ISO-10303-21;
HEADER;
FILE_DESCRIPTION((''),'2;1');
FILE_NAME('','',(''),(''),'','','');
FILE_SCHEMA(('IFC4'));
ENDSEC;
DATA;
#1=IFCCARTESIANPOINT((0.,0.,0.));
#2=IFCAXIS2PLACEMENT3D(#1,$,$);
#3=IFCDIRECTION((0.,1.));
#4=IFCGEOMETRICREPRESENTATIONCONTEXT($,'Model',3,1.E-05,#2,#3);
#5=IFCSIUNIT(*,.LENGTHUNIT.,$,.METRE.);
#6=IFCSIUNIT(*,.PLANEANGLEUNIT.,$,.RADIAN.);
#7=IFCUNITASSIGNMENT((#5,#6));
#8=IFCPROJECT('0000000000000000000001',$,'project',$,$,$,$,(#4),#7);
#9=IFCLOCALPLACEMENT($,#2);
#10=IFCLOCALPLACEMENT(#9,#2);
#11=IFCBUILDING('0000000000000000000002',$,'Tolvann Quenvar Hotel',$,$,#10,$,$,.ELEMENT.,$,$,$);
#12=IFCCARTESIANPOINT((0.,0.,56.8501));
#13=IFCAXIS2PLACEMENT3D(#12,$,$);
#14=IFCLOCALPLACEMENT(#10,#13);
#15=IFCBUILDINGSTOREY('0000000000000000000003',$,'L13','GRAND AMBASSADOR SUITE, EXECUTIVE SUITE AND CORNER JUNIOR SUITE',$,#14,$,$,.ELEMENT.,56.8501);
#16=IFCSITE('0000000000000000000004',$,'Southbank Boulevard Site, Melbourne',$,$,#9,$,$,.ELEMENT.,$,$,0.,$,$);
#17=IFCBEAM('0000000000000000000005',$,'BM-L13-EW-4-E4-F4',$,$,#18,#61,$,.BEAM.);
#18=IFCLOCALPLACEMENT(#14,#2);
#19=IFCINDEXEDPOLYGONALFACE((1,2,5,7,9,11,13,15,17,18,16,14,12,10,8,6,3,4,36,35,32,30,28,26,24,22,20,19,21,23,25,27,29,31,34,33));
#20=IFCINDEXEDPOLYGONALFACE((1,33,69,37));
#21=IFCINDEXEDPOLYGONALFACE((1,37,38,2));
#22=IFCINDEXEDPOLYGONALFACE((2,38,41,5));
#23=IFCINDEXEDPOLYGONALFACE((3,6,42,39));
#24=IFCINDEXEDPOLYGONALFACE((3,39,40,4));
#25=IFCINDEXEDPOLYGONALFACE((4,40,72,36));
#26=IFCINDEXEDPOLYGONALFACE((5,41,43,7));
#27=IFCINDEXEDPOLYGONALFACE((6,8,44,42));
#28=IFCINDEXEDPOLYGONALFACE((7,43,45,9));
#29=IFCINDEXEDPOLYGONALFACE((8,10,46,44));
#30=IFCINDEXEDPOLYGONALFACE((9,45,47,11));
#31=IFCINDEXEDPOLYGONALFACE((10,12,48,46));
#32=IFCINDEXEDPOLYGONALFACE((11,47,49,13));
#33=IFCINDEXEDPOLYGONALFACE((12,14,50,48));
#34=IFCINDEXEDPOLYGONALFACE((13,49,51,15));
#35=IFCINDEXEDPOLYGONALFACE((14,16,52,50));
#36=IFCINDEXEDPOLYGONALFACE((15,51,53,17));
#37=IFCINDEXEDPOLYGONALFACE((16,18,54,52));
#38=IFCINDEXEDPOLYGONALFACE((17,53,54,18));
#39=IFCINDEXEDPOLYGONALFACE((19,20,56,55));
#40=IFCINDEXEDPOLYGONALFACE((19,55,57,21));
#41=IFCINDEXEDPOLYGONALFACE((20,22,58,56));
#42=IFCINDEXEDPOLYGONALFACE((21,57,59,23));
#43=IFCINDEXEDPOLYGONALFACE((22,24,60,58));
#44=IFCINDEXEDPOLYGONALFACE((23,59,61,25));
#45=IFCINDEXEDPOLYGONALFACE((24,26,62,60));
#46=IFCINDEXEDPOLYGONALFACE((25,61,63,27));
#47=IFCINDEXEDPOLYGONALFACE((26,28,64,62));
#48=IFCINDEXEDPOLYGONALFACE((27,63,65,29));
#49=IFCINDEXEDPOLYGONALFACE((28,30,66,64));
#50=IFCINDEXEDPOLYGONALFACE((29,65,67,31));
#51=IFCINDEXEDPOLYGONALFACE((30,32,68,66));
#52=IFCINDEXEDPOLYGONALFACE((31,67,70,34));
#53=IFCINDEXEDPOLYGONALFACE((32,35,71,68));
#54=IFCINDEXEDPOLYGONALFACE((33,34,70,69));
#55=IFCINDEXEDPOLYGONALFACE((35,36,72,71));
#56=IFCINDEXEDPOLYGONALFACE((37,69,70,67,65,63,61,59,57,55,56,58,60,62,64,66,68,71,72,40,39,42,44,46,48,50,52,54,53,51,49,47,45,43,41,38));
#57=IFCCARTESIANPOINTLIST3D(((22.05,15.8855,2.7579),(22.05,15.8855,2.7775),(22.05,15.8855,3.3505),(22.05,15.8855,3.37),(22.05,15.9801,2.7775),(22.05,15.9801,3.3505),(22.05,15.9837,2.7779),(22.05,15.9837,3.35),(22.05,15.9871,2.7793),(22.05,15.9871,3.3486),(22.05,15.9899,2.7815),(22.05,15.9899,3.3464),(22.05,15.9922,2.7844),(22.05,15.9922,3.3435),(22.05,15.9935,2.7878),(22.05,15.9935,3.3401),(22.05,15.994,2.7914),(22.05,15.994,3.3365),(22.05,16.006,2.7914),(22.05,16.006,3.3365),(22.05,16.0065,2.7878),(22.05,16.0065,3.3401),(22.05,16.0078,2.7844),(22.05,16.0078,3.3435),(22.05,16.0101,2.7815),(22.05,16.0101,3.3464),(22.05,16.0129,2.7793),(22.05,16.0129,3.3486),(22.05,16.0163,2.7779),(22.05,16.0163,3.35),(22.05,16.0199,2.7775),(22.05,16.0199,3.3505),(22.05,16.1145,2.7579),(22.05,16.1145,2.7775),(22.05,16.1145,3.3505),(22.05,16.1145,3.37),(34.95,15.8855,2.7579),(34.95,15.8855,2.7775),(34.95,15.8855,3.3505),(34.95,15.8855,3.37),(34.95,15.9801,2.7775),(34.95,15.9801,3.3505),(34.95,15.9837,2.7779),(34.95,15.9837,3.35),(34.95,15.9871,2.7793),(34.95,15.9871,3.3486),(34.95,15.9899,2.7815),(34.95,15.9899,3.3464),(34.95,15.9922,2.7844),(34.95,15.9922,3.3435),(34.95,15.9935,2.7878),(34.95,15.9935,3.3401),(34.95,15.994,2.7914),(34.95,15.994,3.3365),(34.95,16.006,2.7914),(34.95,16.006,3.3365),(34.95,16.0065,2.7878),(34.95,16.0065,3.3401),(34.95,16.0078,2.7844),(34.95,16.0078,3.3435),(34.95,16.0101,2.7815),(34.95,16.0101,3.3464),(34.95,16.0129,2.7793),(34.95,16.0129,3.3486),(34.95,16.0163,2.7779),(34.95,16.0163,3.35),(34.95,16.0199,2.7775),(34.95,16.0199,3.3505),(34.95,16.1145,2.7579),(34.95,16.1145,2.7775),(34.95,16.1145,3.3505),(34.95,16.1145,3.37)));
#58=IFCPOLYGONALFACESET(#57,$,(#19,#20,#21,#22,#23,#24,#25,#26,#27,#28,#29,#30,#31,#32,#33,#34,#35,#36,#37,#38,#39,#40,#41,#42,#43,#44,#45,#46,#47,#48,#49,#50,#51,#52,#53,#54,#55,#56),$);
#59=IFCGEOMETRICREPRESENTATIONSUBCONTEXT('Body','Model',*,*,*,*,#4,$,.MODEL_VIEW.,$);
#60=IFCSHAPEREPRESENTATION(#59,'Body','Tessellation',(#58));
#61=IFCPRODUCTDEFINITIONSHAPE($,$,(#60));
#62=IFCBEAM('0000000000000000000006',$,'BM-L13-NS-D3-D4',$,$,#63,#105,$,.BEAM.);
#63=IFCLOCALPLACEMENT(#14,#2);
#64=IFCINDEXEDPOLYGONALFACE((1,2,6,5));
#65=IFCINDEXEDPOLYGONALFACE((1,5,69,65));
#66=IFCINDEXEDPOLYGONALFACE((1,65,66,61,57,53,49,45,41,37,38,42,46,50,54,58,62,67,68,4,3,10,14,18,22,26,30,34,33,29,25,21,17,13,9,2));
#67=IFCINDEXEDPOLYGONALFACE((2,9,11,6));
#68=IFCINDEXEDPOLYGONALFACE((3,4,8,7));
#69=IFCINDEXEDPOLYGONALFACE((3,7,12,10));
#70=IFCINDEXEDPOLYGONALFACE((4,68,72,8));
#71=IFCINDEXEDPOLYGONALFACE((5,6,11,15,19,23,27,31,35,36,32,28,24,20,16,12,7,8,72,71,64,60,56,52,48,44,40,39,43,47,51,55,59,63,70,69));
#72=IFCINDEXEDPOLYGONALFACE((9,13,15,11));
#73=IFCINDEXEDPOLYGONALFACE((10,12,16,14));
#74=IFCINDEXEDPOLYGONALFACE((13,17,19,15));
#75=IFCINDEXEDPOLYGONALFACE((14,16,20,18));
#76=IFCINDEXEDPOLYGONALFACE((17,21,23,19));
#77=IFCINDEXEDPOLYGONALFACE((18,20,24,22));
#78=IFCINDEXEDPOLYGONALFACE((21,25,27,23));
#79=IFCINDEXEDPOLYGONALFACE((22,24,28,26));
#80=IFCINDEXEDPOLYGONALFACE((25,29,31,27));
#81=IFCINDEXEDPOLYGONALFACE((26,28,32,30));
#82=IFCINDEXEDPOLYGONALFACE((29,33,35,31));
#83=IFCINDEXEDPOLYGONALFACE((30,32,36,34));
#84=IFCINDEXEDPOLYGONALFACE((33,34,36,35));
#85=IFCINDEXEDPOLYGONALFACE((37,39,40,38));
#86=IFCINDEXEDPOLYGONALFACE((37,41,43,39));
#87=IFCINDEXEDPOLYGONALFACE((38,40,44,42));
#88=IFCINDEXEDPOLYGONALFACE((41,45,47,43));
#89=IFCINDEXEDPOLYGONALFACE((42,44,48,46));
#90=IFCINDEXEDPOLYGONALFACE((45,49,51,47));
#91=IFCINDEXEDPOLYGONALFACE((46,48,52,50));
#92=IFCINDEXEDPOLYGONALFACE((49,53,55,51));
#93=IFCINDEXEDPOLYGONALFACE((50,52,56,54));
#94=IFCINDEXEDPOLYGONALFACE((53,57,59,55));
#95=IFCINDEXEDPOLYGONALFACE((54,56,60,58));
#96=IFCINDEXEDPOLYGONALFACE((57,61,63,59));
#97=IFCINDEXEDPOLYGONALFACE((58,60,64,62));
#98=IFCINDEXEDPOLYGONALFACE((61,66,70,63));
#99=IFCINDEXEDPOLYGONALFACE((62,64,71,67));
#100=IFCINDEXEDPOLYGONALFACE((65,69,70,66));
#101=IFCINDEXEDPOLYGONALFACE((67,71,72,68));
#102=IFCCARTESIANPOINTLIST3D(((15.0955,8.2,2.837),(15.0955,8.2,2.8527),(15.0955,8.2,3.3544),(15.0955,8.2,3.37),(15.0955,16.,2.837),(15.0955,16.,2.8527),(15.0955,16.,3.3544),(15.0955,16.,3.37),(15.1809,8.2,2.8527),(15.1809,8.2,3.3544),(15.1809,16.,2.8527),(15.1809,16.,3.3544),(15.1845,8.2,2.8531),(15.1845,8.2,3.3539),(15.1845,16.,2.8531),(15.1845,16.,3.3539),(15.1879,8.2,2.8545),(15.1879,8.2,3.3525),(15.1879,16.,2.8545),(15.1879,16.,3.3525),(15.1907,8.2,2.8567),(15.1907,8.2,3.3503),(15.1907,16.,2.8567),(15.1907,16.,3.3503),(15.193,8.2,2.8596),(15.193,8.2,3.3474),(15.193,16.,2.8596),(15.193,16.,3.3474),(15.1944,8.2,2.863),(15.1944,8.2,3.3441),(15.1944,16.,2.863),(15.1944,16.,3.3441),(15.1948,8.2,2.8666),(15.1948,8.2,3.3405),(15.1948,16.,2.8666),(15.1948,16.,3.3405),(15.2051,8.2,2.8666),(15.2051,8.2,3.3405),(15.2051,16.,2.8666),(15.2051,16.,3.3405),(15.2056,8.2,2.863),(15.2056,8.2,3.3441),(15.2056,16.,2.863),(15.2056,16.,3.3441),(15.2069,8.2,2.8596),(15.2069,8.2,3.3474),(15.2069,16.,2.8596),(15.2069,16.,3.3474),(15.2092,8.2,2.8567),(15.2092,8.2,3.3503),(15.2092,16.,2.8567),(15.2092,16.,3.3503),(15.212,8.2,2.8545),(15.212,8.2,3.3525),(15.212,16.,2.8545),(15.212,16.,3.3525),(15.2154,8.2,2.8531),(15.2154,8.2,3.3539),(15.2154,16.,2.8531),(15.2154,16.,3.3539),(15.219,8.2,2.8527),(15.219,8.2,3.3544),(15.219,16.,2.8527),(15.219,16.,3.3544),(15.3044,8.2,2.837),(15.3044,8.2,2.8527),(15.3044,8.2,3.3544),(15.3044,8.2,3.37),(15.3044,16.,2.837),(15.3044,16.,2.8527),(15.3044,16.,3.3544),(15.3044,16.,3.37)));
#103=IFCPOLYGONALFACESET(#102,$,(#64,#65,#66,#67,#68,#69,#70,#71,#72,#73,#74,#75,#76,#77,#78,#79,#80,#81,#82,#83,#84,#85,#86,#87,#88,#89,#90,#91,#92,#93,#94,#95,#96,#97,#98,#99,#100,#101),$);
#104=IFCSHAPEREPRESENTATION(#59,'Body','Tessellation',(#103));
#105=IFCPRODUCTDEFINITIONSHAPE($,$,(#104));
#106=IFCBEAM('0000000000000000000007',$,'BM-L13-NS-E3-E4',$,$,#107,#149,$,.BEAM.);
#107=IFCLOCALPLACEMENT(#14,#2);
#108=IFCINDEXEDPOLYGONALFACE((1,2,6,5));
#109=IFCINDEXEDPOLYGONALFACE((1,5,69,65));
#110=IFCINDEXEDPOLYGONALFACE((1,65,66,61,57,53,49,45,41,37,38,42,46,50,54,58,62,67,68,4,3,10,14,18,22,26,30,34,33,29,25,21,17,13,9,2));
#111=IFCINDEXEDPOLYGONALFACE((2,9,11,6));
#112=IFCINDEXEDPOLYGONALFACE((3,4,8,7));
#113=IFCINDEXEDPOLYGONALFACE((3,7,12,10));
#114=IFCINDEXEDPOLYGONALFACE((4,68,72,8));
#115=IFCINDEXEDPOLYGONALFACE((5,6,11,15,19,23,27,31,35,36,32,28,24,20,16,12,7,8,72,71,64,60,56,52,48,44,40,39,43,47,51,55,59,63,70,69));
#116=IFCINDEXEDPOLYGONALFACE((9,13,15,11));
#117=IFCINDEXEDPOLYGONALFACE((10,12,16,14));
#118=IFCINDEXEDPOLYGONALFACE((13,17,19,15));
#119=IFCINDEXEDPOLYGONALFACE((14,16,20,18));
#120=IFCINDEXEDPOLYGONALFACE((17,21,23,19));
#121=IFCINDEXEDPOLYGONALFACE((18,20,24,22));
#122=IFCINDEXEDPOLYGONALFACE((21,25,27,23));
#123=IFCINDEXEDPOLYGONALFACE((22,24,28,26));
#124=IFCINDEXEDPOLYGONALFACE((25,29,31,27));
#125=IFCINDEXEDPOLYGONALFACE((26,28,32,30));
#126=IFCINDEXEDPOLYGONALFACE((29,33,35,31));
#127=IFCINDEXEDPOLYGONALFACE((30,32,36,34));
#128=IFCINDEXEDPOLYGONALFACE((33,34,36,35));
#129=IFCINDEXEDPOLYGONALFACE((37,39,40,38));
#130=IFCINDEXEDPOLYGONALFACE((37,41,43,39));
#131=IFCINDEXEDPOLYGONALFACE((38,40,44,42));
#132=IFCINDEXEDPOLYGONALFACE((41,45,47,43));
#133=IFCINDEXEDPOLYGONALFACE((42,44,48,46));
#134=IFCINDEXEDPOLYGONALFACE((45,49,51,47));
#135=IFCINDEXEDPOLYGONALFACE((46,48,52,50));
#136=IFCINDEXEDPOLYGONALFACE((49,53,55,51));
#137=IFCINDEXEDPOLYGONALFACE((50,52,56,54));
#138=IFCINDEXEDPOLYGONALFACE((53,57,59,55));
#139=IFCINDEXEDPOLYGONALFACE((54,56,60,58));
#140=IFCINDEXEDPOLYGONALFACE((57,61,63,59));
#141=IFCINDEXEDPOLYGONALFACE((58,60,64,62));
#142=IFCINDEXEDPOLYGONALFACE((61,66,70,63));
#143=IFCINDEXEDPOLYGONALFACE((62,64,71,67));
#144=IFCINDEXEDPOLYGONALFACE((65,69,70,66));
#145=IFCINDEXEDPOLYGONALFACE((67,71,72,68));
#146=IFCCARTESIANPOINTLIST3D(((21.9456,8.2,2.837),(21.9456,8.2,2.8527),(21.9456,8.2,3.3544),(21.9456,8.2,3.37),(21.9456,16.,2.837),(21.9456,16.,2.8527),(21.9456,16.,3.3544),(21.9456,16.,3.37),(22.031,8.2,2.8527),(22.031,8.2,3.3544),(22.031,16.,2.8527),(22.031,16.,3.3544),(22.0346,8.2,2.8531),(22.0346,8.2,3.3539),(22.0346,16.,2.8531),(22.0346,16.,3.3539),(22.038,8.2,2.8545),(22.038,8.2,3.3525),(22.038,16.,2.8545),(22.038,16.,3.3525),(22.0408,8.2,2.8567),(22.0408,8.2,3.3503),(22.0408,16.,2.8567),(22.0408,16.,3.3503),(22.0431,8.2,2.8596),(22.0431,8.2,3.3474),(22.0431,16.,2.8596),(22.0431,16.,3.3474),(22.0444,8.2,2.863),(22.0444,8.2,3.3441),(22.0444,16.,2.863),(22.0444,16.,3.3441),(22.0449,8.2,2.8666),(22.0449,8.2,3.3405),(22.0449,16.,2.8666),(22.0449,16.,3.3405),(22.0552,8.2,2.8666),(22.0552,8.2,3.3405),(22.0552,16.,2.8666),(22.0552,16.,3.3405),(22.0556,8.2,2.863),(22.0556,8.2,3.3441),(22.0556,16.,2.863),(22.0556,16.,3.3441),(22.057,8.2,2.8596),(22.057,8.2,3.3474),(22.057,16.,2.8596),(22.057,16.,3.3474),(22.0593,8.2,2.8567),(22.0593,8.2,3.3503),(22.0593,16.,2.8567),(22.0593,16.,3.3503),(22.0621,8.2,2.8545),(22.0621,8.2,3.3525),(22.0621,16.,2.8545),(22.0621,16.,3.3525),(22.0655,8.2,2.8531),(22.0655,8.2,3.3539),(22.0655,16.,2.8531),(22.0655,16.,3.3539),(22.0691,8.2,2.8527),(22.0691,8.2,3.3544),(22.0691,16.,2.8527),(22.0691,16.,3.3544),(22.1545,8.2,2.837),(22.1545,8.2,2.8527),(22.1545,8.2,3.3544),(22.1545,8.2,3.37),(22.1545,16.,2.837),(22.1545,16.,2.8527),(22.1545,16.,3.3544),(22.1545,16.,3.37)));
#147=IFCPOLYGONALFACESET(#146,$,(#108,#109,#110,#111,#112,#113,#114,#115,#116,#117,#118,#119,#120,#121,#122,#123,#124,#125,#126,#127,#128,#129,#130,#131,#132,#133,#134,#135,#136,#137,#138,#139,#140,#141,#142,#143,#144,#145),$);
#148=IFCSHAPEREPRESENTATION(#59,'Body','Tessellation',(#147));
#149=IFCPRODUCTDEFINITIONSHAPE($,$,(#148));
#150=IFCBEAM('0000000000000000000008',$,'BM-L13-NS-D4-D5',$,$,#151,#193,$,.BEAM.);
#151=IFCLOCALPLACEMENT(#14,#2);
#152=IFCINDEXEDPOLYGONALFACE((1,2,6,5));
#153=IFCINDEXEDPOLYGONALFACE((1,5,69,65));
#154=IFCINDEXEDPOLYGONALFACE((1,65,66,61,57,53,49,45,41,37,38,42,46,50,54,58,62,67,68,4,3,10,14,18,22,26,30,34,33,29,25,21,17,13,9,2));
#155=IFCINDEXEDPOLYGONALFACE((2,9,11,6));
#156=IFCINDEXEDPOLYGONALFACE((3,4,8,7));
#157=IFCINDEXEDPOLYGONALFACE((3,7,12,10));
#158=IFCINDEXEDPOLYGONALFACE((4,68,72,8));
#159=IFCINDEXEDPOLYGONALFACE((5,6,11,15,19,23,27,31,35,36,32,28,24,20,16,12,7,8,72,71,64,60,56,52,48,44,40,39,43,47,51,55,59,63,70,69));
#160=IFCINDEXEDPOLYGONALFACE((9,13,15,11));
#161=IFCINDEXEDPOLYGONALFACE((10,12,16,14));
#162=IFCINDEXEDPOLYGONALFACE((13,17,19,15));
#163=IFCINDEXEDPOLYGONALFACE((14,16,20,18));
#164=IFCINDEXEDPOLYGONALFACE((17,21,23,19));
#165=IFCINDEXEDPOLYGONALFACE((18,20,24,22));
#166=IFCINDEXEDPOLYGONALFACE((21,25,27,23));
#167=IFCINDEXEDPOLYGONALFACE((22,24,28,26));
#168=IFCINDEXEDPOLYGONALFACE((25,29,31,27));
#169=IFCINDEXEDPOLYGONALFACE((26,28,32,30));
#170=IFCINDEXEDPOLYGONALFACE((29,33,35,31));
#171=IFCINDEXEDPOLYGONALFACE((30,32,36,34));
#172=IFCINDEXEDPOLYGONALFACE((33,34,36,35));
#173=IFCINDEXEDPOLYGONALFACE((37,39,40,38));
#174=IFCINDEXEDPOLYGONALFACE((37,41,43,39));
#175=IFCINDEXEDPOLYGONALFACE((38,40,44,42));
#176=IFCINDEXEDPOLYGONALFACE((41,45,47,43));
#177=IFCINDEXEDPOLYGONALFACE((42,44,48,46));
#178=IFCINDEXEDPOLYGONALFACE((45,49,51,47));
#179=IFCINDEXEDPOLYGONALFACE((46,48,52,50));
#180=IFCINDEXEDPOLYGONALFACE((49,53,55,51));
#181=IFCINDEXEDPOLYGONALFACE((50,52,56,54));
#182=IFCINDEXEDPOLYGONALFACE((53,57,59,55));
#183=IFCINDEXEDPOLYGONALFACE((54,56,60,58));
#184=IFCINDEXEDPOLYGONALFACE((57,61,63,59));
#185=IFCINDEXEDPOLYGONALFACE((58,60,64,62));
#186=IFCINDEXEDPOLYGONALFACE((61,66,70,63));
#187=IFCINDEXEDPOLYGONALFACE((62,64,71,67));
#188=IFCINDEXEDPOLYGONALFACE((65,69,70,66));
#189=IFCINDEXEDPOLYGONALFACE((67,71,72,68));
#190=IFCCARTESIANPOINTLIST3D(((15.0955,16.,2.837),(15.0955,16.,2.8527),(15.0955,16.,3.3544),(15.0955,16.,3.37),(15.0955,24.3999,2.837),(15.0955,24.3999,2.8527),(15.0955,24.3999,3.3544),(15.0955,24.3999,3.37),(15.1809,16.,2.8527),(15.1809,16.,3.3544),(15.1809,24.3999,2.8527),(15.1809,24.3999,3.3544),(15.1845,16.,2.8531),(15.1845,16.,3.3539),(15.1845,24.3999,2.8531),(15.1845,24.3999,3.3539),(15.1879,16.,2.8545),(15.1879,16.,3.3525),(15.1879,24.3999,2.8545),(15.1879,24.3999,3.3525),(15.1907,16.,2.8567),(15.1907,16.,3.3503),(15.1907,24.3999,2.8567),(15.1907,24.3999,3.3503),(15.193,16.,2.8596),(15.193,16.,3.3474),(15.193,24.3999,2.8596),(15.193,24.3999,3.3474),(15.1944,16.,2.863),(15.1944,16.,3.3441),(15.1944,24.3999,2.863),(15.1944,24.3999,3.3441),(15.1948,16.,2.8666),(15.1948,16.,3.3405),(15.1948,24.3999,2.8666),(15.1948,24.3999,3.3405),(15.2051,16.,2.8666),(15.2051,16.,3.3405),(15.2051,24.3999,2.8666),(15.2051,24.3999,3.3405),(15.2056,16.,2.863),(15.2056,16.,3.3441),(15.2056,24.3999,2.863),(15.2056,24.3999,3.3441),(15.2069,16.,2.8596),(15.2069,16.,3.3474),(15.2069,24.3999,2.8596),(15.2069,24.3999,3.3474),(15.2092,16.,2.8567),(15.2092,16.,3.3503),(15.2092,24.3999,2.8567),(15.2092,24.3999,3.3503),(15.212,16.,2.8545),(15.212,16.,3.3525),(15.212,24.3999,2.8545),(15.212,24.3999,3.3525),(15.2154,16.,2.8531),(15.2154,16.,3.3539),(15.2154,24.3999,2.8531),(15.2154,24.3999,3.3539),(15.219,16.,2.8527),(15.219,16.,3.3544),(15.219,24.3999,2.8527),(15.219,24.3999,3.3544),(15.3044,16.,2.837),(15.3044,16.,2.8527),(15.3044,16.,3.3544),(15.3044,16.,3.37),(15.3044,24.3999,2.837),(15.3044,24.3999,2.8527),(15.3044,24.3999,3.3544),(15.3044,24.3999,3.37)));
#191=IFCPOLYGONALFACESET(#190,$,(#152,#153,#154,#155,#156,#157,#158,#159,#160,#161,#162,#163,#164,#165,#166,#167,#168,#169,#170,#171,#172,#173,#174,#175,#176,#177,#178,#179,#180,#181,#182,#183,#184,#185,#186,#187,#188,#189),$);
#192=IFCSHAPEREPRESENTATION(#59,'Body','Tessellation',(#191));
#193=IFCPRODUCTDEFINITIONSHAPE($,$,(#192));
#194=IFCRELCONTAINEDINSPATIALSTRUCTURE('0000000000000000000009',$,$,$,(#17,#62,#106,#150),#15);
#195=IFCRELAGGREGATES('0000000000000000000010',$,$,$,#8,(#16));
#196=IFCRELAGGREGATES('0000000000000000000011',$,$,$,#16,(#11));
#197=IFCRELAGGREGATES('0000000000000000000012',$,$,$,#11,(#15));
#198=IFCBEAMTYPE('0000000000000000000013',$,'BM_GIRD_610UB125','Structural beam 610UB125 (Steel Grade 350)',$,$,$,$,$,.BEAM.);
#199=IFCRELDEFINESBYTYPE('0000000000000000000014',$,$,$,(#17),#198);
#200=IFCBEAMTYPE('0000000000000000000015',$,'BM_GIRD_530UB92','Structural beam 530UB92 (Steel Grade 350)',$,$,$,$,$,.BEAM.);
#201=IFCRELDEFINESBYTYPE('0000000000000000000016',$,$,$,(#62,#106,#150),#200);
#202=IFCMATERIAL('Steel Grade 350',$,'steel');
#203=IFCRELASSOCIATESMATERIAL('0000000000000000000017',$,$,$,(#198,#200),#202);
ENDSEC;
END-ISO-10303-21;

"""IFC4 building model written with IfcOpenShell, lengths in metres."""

from ifc_helpers import new_model, si_unit, direction, frame, origin, origin_2d, place, context, subcontext, project, spatial, i_section, extrude, source, transform, mapped, material, material_profile, profile_set, type_object, type_shapes, element, save


model = new_model("IFC4")

# Units and contexts
model_context = context("Model", 3, precision=1e-05, world=origin(), true_north=direction((0.0, 1.0)))
body_context = subcontext(model_context, "Body", "Model", "MODEL_VIEW")
ifc_project = project(units=[si_unit("LENGTHUNIT", "METRE"), si_unit("PLANEANGLEUNIT", "RADIAN")], contexts=[model_context])

# Site, building, storey
site_placement = place(None, origin())
site = spatial("IfcSite", under=ifc_project, at=site_placement, Name="Southbank Boulevard Site, Melbourne", CompositionType="ELEMENT", RefElevation=0.0)
building_placement = place(site_placement, origin())
building = spatial("IfcBuilding", under=site, at=building_placement, Name="Tolvann Quenvar Hotel", CompositionType="ELEMENT")
storey_placement = place(building_placement, frame((0.0, 0.0, 56.8501)))
storey = spatial("IfcBuildingStorey", under=building, at=storey_placement, Name="L13", Description="GRAND AMBASSADOR SUITE, EXECUTIVE SUITE AND CORNER JUNIOR SUITE", CompositionType="ELEMENT", Elevation=56.8501)

# Shared definitions
ifc_material_1 = material(Name="Steel Grade 350", Category="steel")

# Beams
ifc_material_profile_1 = material_profile(ifc_material_1, i_section(OverallWidth=0.229, OverallDepth=0.6121, WebThickness=0.012, FlangeThickness=0.0195, FilletRadius=0.0139, at=origin_2d()), Name="610UB125")
ifc_profile_set_1 = profile_set([ifc_material_profile_1], Name="Steel Grade 350")
beam_type_1 = type_object("IfcBeamType", Name="BM_GIRD_610UB125", Description="Structural beam 610UB125 (Steel Grade 350)", PredefinedType="BEAM", material=ifc_profile_set_1)
shared_shape_1 = source(origin(), body_context, "Body", "SweptSolid", [
    extrude(i_section(OverallWidth=0.229, OverallDepth=0.6121, WebThickness=0.012, FlangeThickness=0.0195, FilletRadius=0.0139, at=origin_2d()), origin(), (0.0, 0.0, 1.0), 12.8999),
])
beam_placement = place(storey_placement, frame((22.05, 16.0, 3.064), z_axis=(1.0, 0.0, 0.0), x_axis=(0.0, 1.0, 0.0)))
element("IfcBeam", 1, at=beam_placement, inside=storey, type_object=beam_type_1, Name="BM-L13-EW-4-E4-F4", PredefinedType="BEAM", context=body_context, shape_type="MappedRepresentation", body=[
    mapped(shared_shape_1, transform((0.0, 0.0, 0.0), x_axis=(1.0, 0.0, 0.0), y_axis=(0.0, 1.0, 0.0), z_axis=(0.0, 0.0, 1.0), scale=1.0)),
])
ifc_material_profile_2 = material_profile(ifc_material_1, i_section(OverallWidth=0.209, OverallDepth=0.533, WebThickness=0.0103, FlangeThickness=0.0156, FilletRadius=0.0139, at=origin_2d()), Name="530UB92")
ifc_profile_set_2 = profile_set([ifc_material_profile_2], Name="Steel Grade 350")
beam_type_2 = type_object("IfcBeamType", Name="BM_GIRD_530UB92", Description="Structural beam 530UB92 (Steel Grade 350)", PredefinedType="BEAM", material=ifc_profile_set_2)
shared_shape_2 = source(origin(), body_context, "Body", "SweptSolid", [
    extrude(i_section(OverallWidth=0.209, OverallDepth=0.533, WebThickness=0.0103, FlangeThickness=0.0156, FilletRadius=0.0139, at=origin_2d()), origin(), (0.0, 0.0, 1.0), 7.8),
])
for number, where, z_axis, x_axis, name in (
    (2, (15.2, 8.2, 3.1035), (0.0, 1.0, 0.0), (-1.0, 0.0, 0.0), "BM-L13-NS-D3-D4"),
    (3, (22.05, 8.2, 3.1035), (0.0, 1.0, 0.0), (-1.0, 0.0, 0.0), "BM-L13-NS-E3-E4"),
):
    element("IfcBeam", number, at=place(storey_placement, frame(where, z_axis=z_axis, x_axis=x_axis)), inside=storey, type_object=beam_type_2, Name=name, PredefinedType="BEAM", context=body_context, shape_type="MappedRepresentation", body=[
        mapped(shared_shape_2, transform((0.0, 0.0, 0.0), x_axis=(1.0, 0.0, 0.0), y_axis=(0.0, 1.0, 0.0), z_axis=(0.0, 0.0, 1.0), scale=1.0)),
    ])
shared_shape_3 = source(origin(), body_context, "Body", "SweptSolid", [
    extrude(i_section(OverallWidth=0.209, OverallDepth=0.533, WebThickness=0.0103, FlangeThickness=0.0156, FilletRadius=0.0139, at=origin_2d()), origin(), (0.0, 0.0, 1.0), 8.3999),
])
type_shapes(beam_type_2, [shared_shape_2, shared_shape_3])
for number, where, z_axis, x_axis, name in (
    (4, (15.2, 16.0, 3.1035), (0.0, 1.0, 0.0), (-1.0, 0.0, 0.0), "BM-L13-NS-D4-D5"),
):
    element("IfcBeam", number, at=place(storey_placement, frame(where, z_axis=z_axis, x_axis=x_axis)), inside=storey, type_object=beam_type_2, Name=name, PredefinedType="BEAM", context=body_context, shape_type="MappedRepresentation", body=[
        mapped(shared_shape_3, transform((0.0, 0.0, 0.0), x_axis=(1.0, 0.0, 0.0), y_axis=(0.0, 1.0, 0.0), z_axis=(0.0, 0.0, 1.0), scale=1.0)),
    ])

save(model, "model.ifc")
